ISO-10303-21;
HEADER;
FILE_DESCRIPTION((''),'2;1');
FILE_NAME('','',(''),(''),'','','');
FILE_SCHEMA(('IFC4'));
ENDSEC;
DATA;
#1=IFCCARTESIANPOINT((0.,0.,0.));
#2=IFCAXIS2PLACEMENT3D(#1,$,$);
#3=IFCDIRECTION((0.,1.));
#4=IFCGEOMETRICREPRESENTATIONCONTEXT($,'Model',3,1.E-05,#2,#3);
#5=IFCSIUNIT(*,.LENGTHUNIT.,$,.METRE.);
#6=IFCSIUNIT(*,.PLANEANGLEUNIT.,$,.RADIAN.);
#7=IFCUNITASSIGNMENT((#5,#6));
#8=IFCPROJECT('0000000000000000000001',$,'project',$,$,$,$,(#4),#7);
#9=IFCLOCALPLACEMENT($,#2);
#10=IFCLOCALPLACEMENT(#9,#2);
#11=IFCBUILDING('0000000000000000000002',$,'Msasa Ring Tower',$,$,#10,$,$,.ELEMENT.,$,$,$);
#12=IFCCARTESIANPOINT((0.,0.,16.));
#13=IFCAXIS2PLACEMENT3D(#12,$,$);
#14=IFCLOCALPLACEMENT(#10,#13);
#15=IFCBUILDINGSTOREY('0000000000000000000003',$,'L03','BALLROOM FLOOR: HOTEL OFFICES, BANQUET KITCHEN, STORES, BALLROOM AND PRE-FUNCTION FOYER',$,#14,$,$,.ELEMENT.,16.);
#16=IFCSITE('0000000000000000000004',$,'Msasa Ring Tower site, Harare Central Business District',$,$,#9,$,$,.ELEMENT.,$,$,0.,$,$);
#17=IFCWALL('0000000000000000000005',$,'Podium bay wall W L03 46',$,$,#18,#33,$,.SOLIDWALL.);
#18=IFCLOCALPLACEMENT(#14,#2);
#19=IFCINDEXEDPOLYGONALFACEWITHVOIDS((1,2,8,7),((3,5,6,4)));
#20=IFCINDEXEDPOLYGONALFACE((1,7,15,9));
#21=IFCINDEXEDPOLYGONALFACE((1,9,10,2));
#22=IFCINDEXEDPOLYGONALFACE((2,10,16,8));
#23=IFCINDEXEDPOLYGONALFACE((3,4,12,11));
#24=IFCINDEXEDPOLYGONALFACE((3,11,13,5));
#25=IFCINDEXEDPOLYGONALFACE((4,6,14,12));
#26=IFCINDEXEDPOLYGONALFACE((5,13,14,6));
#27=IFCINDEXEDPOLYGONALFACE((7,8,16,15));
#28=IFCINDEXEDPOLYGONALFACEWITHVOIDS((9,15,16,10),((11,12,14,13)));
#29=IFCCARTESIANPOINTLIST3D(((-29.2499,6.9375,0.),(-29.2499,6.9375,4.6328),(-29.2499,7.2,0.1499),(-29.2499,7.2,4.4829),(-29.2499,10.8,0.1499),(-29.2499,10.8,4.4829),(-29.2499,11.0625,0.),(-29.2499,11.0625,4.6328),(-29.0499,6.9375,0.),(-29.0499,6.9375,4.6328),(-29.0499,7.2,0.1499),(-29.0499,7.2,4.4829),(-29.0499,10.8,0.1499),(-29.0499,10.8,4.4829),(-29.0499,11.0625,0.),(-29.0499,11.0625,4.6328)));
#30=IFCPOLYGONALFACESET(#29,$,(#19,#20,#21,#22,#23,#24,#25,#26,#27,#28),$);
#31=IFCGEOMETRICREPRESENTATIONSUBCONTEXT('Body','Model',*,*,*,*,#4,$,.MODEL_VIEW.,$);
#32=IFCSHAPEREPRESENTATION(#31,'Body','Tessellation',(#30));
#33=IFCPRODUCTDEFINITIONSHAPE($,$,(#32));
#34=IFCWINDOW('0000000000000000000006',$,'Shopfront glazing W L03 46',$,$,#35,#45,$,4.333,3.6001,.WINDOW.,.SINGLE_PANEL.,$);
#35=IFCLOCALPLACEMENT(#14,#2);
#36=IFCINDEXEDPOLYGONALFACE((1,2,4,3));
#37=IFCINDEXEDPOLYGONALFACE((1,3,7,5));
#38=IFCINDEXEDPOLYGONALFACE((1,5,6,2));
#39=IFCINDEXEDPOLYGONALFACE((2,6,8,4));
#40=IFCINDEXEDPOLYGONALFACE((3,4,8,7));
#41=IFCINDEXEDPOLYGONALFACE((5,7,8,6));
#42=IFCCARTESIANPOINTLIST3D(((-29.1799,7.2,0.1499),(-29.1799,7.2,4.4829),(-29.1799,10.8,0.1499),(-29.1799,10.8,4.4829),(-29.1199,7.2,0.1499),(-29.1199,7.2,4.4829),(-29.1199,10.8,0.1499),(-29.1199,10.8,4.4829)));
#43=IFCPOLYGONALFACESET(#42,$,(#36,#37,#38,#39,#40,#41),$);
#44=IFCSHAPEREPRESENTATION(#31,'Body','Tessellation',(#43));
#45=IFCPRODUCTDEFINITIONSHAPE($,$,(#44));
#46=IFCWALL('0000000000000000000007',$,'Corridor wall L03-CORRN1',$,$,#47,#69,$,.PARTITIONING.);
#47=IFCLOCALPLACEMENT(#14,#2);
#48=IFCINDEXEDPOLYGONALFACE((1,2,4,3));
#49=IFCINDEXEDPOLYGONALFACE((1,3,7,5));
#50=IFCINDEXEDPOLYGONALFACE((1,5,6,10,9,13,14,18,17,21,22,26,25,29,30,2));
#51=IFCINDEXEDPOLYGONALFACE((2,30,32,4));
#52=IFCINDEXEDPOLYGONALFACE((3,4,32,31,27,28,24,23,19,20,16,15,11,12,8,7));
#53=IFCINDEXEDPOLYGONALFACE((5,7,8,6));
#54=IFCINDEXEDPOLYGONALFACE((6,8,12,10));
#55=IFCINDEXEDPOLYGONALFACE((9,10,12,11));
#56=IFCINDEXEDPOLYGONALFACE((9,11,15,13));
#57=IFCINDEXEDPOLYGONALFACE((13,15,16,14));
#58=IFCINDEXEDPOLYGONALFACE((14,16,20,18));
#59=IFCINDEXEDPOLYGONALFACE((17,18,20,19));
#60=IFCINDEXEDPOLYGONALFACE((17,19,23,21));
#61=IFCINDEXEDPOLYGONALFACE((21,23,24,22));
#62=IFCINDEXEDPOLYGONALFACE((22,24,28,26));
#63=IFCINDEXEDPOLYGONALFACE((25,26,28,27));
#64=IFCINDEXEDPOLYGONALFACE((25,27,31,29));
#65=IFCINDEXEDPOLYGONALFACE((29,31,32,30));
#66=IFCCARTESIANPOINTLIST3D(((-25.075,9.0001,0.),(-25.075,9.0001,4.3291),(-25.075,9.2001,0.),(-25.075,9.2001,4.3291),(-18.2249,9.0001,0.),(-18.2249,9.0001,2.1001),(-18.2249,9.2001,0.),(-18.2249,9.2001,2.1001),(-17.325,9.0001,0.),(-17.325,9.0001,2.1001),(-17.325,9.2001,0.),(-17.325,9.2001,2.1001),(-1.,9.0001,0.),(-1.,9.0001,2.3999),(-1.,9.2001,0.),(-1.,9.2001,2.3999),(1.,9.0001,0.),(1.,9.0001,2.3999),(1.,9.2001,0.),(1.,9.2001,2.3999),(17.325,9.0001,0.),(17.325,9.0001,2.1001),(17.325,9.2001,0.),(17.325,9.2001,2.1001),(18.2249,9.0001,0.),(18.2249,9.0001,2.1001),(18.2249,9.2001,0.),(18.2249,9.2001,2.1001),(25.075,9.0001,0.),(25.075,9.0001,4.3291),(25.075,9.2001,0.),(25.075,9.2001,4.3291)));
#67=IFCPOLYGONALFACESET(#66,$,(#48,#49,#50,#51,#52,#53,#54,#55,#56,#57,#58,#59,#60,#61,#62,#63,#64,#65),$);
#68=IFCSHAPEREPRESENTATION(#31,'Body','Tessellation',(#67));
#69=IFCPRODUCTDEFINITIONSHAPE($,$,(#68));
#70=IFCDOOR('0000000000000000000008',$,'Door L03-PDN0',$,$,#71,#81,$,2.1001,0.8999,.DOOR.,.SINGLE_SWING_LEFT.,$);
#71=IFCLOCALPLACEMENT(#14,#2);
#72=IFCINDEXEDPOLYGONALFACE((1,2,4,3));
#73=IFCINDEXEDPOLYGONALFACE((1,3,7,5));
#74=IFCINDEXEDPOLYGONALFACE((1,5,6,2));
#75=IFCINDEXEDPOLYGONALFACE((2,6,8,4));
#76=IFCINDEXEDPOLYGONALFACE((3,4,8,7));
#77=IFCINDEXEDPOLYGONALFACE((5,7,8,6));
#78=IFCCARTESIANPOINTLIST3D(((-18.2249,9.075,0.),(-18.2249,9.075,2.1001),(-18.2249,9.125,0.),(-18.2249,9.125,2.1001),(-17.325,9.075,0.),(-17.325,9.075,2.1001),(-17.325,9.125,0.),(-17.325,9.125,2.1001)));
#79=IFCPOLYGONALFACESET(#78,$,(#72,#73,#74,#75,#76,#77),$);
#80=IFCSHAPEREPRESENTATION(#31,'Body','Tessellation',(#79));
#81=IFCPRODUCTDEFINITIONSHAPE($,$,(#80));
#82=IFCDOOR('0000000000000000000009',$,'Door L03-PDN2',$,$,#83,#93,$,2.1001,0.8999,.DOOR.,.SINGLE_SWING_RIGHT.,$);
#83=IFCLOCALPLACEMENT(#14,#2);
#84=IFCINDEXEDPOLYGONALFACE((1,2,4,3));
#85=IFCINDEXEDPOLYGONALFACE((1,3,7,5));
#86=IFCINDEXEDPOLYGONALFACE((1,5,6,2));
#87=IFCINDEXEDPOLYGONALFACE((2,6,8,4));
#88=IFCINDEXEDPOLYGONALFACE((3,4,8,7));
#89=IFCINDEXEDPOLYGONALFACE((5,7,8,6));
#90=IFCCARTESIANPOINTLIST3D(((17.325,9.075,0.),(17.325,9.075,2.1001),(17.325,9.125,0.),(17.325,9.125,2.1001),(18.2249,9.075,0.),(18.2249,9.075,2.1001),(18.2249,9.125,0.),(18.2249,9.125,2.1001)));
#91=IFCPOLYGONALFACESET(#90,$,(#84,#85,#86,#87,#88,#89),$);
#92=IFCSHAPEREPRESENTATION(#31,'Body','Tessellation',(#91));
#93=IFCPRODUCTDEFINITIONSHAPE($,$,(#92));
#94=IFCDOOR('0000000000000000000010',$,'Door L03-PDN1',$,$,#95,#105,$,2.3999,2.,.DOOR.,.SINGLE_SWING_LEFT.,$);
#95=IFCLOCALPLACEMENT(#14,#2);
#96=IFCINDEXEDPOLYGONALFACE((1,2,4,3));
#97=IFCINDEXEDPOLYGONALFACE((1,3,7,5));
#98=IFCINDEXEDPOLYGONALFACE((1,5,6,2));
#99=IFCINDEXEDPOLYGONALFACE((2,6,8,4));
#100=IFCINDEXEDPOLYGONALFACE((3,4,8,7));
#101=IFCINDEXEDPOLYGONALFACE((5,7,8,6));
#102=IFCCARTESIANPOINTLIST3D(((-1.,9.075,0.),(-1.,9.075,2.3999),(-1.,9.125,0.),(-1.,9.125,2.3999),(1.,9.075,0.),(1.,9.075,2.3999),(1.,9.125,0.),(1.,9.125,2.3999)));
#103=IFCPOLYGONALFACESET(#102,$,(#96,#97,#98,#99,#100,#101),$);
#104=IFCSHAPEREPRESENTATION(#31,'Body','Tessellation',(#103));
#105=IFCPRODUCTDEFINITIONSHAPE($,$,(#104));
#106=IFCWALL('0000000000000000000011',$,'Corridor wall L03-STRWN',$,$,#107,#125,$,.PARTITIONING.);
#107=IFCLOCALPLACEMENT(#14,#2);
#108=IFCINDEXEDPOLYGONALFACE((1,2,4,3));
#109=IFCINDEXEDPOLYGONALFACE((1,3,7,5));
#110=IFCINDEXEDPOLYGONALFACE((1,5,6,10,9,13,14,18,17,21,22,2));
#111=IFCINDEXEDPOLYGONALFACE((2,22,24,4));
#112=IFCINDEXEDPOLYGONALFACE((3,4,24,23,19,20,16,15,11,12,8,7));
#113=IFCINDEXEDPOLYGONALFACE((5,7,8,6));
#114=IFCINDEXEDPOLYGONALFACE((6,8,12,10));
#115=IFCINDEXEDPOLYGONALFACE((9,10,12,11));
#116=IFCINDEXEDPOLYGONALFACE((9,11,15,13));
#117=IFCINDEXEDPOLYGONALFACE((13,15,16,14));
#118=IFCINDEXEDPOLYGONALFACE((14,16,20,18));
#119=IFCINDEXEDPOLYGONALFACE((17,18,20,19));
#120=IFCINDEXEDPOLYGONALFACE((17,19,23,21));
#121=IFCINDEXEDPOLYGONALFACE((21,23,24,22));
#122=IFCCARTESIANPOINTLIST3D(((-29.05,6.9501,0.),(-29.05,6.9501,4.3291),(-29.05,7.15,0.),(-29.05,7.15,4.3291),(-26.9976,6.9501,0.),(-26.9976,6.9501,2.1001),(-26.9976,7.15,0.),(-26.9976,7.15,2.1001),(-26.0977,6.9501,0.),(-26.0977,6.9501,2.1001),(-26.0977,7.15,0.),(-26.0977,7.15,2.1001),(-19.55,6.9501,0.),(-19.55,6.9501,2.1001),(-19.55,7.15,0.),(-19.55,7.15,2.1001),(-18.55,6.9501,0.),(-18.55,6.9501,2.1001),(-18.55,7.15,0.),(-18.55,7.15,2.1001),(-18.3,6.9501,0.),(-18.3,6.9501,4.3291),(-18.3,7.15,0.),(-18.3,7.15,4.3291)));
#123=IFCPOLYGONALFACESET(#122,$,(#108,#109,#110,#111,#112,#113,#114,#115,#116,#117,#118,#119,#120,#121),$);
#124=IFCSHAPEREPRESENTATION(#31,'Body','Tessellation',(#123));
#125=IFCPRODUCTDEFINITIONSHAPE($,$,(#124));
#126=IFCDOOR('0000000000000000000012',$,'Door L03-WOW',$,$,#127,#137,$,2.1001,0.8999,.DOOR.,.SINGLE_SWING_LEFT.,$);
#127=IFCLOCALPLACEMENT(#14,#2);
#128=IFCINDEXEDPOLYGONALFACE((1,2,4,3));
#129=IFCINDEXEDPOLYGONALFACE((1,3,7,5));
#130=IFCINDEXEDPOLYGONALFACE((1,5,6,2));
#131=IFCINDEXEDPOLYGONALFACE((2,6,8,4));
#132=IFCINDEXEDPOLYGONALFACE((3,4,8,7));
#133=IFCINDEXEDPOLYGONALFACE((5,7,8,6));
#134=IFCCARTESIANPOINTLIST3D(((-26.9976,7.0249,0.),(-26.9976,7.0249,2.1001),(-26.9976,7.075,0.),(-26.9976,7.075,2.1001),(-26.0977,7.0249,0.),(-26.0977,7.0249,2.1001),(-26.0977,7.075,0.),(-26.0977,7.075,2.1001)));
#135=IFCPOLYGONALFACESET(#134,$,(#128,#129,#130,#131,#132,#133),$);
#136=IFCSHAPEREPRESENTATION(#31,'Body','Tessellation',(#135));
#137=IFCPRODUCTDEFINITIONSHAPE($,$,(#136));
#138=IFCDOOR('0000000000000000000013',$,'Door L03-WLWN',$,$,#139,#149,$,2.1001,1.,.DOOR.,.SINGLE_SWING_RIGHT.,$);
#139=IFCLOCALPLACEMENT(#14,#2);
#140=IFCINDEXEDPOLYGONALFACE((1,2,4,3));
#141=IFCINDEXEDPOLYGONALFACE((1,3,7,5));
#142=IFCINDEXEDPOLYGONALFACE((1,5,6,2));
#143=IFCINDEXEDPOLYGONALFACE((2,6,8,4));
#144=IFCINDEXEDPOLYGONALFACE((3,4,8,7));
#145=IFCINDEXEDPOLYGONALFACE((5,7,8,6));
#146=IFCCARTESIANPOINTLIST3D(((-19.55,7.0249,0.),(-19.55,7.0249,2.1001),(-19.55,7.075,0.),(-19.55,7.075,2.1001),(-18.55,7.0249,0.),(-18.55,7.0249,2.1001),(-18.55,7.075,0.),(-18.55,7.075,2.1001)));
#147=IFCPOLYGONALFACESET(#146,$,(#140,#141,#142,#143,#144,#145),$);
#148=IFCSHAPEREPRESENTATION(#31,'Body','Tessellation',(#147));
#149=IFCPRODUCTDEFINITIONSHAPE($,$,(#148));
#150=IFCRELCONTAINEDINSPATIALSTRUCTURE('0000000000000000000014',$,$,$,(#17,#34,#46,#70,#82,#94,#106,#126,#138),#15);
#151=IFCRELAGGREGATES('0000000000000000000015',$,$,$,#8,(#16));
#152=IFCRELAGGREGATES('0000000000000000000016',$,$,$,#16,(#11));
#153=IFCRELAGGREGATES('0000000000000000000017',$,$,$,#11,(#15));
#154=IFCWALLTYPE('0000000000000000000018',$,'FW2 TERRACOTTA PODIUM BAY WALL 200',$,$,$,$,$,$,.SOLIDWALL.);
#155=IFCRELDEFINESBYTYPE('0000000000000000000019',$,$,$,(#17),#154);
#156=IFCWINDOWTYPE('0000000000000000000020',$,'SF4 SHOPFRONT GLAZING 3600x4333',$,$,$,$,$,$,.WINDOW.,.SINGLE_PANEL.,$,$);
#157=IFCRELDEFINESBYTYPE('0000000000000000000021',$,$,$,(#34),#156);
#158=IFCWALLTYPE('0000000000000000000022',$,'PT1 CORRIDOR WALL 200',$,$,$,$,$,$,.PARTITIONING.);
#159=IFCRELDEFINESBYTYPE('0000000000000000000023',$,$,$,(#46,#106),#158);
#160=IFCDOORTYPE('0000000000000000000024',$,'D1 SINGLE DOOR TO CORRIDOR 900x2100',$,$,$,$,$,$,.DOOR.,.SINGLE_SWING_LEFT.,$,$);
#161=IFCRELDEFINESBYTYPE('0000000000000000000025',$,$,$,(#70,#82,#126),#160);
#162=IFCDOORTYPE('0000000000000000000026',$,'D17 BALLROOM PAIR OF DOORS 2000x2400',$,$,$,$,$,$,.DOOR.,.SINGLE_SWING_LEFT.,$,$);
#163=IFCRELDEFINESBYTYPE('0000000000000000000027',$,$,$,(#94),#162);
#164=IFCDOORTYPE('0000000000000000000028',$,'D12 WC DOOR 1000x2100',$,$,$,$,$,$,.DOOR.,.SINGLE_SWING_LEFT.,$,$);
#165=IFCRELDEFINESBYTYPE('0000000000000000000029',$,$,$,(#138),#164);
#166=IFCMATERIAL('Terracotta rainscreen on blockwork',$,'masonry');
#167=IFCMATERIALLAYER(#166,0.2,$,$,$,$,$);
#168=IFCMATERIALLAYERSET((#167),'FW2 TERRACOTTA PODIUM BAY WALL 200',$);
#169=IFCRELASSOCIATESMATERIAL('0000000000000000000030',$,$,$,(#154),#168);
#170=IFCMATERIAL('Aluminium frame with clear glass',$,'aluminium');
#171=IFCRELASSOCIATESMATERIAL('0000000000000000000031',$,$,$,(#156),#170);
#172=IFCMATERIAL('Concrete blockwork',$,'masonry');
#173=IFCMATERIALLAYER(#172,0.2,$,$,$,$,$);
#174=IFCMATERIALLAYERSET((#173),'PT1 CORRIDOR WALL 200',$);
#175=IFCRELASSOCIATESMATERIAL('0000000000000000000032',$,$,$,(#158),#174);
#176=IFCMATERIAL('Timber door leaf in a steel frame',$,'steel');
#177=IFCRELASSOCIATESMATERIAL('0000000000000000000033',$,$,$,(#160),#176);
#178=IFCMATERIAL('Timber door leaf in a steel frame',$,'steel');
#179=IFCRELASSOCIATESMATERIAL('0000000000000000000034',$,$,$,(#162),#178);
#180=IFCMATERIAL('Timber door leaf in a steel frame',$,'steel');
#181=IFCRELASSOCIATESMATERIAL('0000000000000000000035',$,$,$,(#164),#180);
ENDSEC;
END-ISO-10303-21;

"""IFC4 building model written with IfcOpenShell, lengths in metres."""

from ifc_helpers import new_model, si_unit, direction, frame, frame_2d, origin, place, context, subcontext, project, spatial, rectangle, extrude, material, layer, layer_set, type_object, element, fill, save


model = new_model("IFC4")

# Units and contexts
model_context = context("Model", 3, precision=1e-05, world=origin(), true_north=direction((0.0, 1.0)))
body_context = subcontext(model_context, "Body", "Model", "MODEL_VIEW")
ifc_project = project(units=[si_unit("LENGTHUNIT", "METRE"), si_unit("PLANEANGLEUNIT", "RADIAN")], contexts=[model_context])

# Site, building, storey
site_placement = place(None, origin())
site = spatial("IfcSite", under=ifc_project, at=site_placement, Name="Msasa Ring Tower site, Harare Central Business District", CompositionType="ELEMENT", RefElevation=0.0)
building_placement = place(site_placement, origin())
building = spatial("IfcBuilding", under=site, at=building_placement, Name="Msasa Ring Tower", CompositionType="ELEMENT")
storey_placement = place(building_placement, frame((0.0, 0.0, 16.0)))
storey = spatial("IfcBuildingStorey", under=building, at=storey_placement, Name="L03", Description="BALLROOM FLOOR: HOTEL OFFICES, BANQUET KITCHEN, STORES, BALLROOM AND PRE-FUNCTION FOYER", CompositionType="ELEMENT", Elevation=16.0)

# Wall, opening, window
ifc_material_1 = material(Name="Terracotta rainscreen on blockwork", Category="masonry")
ifc_layer_1 = layer(ifc_material_1, 0.2)
ifc_layer_set_1 = layer_set([ifc_layer_1], Name="FW2 TERRACOTTA PODIUM BAY WALL 200")
wall_type_1 = type_object("IfcWallType", Name="FW2 TERRACOTTA PODIUM BAY WALL 200", PredefinedType="SOLIDWALL", material=ifc_layer_set_1)
ifc_material_2 = material(Name="Aluminium frame with clear glass", Category="aluminium")
window_type = type_object("IfcWindowType", Name="SF4 SHOPFRONT GLAZING 3600x4333", PartitioningType="SINGLE_PANEL", PredefinedType="WINDOW", material=ifc_material_2)
wall_1_placement = place(storey_placement, frame((-29.1499, 6.9375, 0.0), z_axis=(0.0, 0.0, 1.0), x_axis=(0.0, 1.0, 0.0)))
wall_1 = element("IfcWall", 1, at=wall_1_placement, inside=storey, type_object=wall_type_1, Name="Podium bay wall W L03 46", PredefinedType="SOLIDWALL", context=body_context, shape_type="SweptSolid", body=[
    extrude(rectangle(XDim=4.125, YDim=0.2, at=frame_2d((2.0625, 0.0))), origin(), (0.0, 0.0, 1.0), 4.6328),
])
opening_1_placement = place(wall_1_placement, frame((0.2625, 0.0, 0.1499)))
opening_1 = element("IfcOpeningElement", 2, at=opening_1_placement, cuts=wall_1, PredefinedType="OPENING", context=body_context, shape_type="SweptSolid", body=[
    extrude(rectangle(XDim=3.6001, YDim=4.333, at=frame_2d((1.8, 2.1665))), frame((0.0, 0.1099, 0.0), z_axis=(0.0, -1.0, 0.0), x_axis=(1.0, 0.0, 0.0)), (0.0, 0.0, 1.0), 0.22),
])
window_1_placement = place(opening_1_placement, origin())
window_1 = element("IfcWindow", 3, at=window_1_placement, inside=storey, type_object=window_type, Name="Shopfront glazing W L03 46", OverallHeight=4.333, OverallWidth=3.6001, PartitioningType="SINGLE_PANEL", PredefinedType="WINDOW", context=body_context, shape_type="SweptSolid", body=[
    extrude(rectangle(XDim=3.6001, YDim=4.333, at=frame_2d((1.8, 2.1665))), frame((0.0, 0.03, 0.0), z_axis=(0.0, -1.0, 0.0), x_axis=(1.0, 0.0, 0.0)), (0.0, 0.0, 1.0), 0.0601),
])
fill(opening_1, window_1)

# Walls, openings, doors
ifc_material_3 = material(Name="Concrete blockwork", Category="masonry")
ifc_layer_2 = layer(ifc_material_3, 0.2)
ifc_layer_set_2 = layer_set([ifc_layer_2], Name="PT1 CORRIDOR WALL 200")
wall_type_2 = type_object("IfcWallType", Name="PT1 CORRIDOR WALL 200", PredefinedType="PARTITIONING", material=ifc_layer_set_2)
wall_2_placement = place(storey_placement, frame((-25.075, 9.1001, 0.0), z_axis=(0.0, 0.0, 1.0), x_axis=(1.0, 0.0, 0.0)))
wall_2 = element("IfcWall", 4, at=wall_2_placement, inside=storey, type_object=wall_type_2, Name="Corridor wall L03-CORRN1", PredefinedType="PARTITIONING", context=body_context, shape_type="SweptSolid", body=[
    extrude(rectangle(XDim=50.1499, YDim=0.2, at=frame_2d((25.075, 0.0))), origin(), (0.0, 0.0, 1.0), 4.3291),
])
opening_2_placement = place(wall_2_placement, frame((6.8501, 0.0, 0.0)))
opening_2 = element("IfcOpeningElement", 5, at=opening_2_placement, cuts=wall_2, PredefinedType="OPENING", context=body_context, shape_type="SweptSolid", body=[
    extrude(rectangle(XDim=0.8999, YDim=2.1001, at=frame_2d((0.45, 1.05))), frame((0.0, 0.1099, 0.0), z_axis=(0.0, -1.0, 0.0), x_axis=(1.0, 0.0, 0.0)), (0.0, 0.0, 1.0), 0.22),
])
opening_3_placement = place(wall_2_placement, frame((24.075, 0.0, 0.0)))
opening_3 = element("IfcOpeningElement", 6, at=opening_3_placement, cuts=wall_2, PredefinedType="OPENING", context=body_context, shape_type="SweptSolid", body=[
    extrude(rectangle(XDim=2.0, YDim=2.3999, at=frame_2d((1.0, 1.2))), frame((0.0, 0.1099, 0.0), z_axis=(0.0, -1.0, 0.0), x_axis=(1.0, 0.0, 0.0)), (0.0, 0.0, 1.0), 0.22),
])
opening_4_placement = place(wall_2_placement, frame((42.3999, 0.0, 0.0)))
opening_4 = element("IfcOpeningElement", 7, at=opening_4_placement, cuts=wall_2, PredefinedType="OPENING", context=body_context, shape_type="SweptSolid", body=[
    extrude(rectangle(XDim=0.8999, YDim=2.1001, at=frame_2d((0.45, 1.05))), frame((0.0, 0.1099, 0.0), z_axis=(0.0, -1.0, 0.0), x_axis=(1.0, 0.0, 0.0)), (0.0, 0.0, 1.0), 0.22),
])
ifc_material_4 = material(Name="Timber door leaf in a steel frame", Category="steel")
door_type_1 = type_object("IfcDoorType", Name="D1 SINGLE DOOR TO CORRIDOR 900x2100", OperationType="SINGLE_SWING_LEFT", PredefinedType="DOOR", material=ifc_material_4)
door_1_placement = place(opening_2_placement, origin())
door_1 = element("IfcDoor", 8, at=door_1_placement, inside=storey, type_object=door_type_1, Name="Door L03-PDN0", OperationType="SINGLE_SWING_LEFT", OverallHeight=2.1001, OverallWidth=0.8999, PredefinedType="DOOR", context=body_context, shape_type="SweptSolid", body=[
    extrude(rectangle(XDim=0.8999, YDim=2.1001, at=frame_2d((0.45, 1.05))), frame((0.0, 0.0249, 0.0), z_axis=(0.0, -1.0, 0.0), x_axis=(1.0, 0.0, 0.0)), (0.0, 0.0, 1.0), 0.05),
])
fill(opening_2, door_1)
door_2_placement = place(opening_4_placement, origin())
door_2 = element("IfcDoor", 9, at=door_2_placement, inside=storey, type_object=door_type_1, Name="Door L03-PDN2", OperationType="SINGLE_SWING_RIGHT", OverallHeight=2.1001, OverallWidth=0.8999, PredefinedType="DOOR", context=body_context, shape_type="SweptSolid", body=[
    extrude(rectangle(XDim=0.8999, YDim=2.1001, at=frame_2d((0.45, 1.05))), frame((0.0, 0.0249, 0.0), z_axis=(0.0, -1.0, 0.0), x_axis=(1.0, 0.0, 0.0)), (0.0, 0.0, 1.0), 0.05),
])
fill(opening_4, door_2)
ifc_material_5 = material(Name="Timber door leaf in a steel frame", Category="steel")
door_type_2 = type_object("IfcDoorType", Name="D17 BALLROOM PAIR OF DOORS 2000x2400", OperationType="SINGLE_SWING_LEFT", PredefinedType="DOOR", material=ifc_material_5)
door_3_placement = place(opening_3_placement, origin())
door_3 = element("IfcDoor", 10, at=door_3_placement, inside=storey, type_object=door_type_2, Name="Door L03-PDN1", OperationType="SINGLE_SWING_LEFT", OverallHeight=2.3999, OverallWidth=2.0, PredefinedType="DOOR", context=body_context, shape_type="SweptSolid", body=[
    extrude(rectangle(XDim=2.0, YDim=2.3999, at=frame_2d((1.0, 1.2))), frame((0.0, 0.0249, 0.0), z_axis=(0.0, -1.0, 0.0), x_axis=(1.0, 0.0, 0.0)), (0.0, 0.0, 1.0), 0.05),
])
fill(opening_3, door_3)
wall_3_placement = place(storey_placement, frame((-29.05, 7.05, 0.0), z_axis=(0.0, 0.0, 1.0), x_axis=(1.0, 0.0, 0.0)))
wall_3 = element("IfcWall", 11, at=wall_3_placement, inside=storey, type_object=wall_type_2, Name="Corridor wall L03-STRWN", PredefinedType="PARTITIONING", context=body_context, shape_type="SweptSolid", body=[
    extrude(rectangle(XDim=10.75, YDim=0.2, at=frame_2d((5.375, 0.0))), origin(), (0.0, 0.0, 1.0), 4.3291),
])
opening_5_placement = place(wall_3_placement, frame((2.0525, 0.0, 0.0)))
opening_5 = element("IfcOpeningElement", 12, at=opening_5_placement, cuts=wall_3, PredefinedType="OPENING", context=body_context, shape_type="SweptSolid", body=[
    extrude(rectangle(XDim=0.8999, YDim=2.1001, at=frame_2d((0.45, 1.05))), frame((0.0, 0.1099, 0.0), z_axis=(0.0, -1.0, 0.0), x_axis=(1.0, 0.0, 0.0)), (0.0, 0.0, 1.0), 0.22),
])
opening_6_placement = place(wall_3_placement, frame((9.5, 0.0, 0.0)))
opening_6 = element("IfcOpeningElement", 13, at=opening_6_placement, cuts=wall_3, PredefinedType="OPENING", context=body_context, shape_type="SweptSolid", body=[
    extrude(rectangle(XDim=1.0, YDim=2.1001, at=frame_2d((0.5, 1.05))), frame((0.0, 0.1099, 0.0), z_axis=(0.0, -1.0, 0.0), x_axis=(1.0, 0.0, 0.0)), (0.0, 0.0, 1.0), 0.22),
])
door_4_placement = place(opening_5_placement, origin())
door_4 = element("IfcDoor", 14, at=door_4_placement, inside=storey, type_object=door_type_1, Name="Door L03-WOW", OperationType="SINGLE_SWING_LEFT", OverallHeight=2.1001, OverallWidth=0.8999, PredefinedType="DOOR", context=body_context, shape_type="SweptSolid", body=[
    extrude(rectangle(XDim=0.8999, YDim=2.1001, at=frame_2d((0.45, 1.05))), frame((0.0, 0.0249, 0.0), z_axis=(0.0, -1.0, 0.0), x_axis=(1.0, 0.0, 0.0)), (0.0, 0.0, 1.0), 0.05),
])
fill(opening_5, door_4)
ifc_material_6 = material(Name="Timber door leaf in a steel frame", Category="steel")
door_type_3 = type_object("IfcDoorType", Name="D12 WC DOOR 1000x2100", OperationType="SINGLE_SWING_LEFT", PredefinedType="DOOR", material=ifc_material_6)
door_5_placement = place(opening_6_placement, origin())
door_5 = element("IfcDoor", 15, at=door_5_placement, inside=storey, type_object=door_type_3, Name="Door L03-WLWN", OperationType="SINGLE_SWING_RIGHT", OverallHeight=2.1001, OverallWidth=1.0, PredefinedType="DOOR", context=body_context, shape_type="SweptSolid", body=[
    extrude(rectangle(XDim=1.0, YDim=2.1001, at=frame_2d((0.5, 1.05))), frame((0.0, 0.0249, 0.0), z_axis=(0.0, -1.0, 0.0), x_axis=(1.0, 0.0, 0.0)), (0.0, 0.0, 1.0), 0.05),
])
fill(opening_6, door_5)

save(model, "model.ifc")
